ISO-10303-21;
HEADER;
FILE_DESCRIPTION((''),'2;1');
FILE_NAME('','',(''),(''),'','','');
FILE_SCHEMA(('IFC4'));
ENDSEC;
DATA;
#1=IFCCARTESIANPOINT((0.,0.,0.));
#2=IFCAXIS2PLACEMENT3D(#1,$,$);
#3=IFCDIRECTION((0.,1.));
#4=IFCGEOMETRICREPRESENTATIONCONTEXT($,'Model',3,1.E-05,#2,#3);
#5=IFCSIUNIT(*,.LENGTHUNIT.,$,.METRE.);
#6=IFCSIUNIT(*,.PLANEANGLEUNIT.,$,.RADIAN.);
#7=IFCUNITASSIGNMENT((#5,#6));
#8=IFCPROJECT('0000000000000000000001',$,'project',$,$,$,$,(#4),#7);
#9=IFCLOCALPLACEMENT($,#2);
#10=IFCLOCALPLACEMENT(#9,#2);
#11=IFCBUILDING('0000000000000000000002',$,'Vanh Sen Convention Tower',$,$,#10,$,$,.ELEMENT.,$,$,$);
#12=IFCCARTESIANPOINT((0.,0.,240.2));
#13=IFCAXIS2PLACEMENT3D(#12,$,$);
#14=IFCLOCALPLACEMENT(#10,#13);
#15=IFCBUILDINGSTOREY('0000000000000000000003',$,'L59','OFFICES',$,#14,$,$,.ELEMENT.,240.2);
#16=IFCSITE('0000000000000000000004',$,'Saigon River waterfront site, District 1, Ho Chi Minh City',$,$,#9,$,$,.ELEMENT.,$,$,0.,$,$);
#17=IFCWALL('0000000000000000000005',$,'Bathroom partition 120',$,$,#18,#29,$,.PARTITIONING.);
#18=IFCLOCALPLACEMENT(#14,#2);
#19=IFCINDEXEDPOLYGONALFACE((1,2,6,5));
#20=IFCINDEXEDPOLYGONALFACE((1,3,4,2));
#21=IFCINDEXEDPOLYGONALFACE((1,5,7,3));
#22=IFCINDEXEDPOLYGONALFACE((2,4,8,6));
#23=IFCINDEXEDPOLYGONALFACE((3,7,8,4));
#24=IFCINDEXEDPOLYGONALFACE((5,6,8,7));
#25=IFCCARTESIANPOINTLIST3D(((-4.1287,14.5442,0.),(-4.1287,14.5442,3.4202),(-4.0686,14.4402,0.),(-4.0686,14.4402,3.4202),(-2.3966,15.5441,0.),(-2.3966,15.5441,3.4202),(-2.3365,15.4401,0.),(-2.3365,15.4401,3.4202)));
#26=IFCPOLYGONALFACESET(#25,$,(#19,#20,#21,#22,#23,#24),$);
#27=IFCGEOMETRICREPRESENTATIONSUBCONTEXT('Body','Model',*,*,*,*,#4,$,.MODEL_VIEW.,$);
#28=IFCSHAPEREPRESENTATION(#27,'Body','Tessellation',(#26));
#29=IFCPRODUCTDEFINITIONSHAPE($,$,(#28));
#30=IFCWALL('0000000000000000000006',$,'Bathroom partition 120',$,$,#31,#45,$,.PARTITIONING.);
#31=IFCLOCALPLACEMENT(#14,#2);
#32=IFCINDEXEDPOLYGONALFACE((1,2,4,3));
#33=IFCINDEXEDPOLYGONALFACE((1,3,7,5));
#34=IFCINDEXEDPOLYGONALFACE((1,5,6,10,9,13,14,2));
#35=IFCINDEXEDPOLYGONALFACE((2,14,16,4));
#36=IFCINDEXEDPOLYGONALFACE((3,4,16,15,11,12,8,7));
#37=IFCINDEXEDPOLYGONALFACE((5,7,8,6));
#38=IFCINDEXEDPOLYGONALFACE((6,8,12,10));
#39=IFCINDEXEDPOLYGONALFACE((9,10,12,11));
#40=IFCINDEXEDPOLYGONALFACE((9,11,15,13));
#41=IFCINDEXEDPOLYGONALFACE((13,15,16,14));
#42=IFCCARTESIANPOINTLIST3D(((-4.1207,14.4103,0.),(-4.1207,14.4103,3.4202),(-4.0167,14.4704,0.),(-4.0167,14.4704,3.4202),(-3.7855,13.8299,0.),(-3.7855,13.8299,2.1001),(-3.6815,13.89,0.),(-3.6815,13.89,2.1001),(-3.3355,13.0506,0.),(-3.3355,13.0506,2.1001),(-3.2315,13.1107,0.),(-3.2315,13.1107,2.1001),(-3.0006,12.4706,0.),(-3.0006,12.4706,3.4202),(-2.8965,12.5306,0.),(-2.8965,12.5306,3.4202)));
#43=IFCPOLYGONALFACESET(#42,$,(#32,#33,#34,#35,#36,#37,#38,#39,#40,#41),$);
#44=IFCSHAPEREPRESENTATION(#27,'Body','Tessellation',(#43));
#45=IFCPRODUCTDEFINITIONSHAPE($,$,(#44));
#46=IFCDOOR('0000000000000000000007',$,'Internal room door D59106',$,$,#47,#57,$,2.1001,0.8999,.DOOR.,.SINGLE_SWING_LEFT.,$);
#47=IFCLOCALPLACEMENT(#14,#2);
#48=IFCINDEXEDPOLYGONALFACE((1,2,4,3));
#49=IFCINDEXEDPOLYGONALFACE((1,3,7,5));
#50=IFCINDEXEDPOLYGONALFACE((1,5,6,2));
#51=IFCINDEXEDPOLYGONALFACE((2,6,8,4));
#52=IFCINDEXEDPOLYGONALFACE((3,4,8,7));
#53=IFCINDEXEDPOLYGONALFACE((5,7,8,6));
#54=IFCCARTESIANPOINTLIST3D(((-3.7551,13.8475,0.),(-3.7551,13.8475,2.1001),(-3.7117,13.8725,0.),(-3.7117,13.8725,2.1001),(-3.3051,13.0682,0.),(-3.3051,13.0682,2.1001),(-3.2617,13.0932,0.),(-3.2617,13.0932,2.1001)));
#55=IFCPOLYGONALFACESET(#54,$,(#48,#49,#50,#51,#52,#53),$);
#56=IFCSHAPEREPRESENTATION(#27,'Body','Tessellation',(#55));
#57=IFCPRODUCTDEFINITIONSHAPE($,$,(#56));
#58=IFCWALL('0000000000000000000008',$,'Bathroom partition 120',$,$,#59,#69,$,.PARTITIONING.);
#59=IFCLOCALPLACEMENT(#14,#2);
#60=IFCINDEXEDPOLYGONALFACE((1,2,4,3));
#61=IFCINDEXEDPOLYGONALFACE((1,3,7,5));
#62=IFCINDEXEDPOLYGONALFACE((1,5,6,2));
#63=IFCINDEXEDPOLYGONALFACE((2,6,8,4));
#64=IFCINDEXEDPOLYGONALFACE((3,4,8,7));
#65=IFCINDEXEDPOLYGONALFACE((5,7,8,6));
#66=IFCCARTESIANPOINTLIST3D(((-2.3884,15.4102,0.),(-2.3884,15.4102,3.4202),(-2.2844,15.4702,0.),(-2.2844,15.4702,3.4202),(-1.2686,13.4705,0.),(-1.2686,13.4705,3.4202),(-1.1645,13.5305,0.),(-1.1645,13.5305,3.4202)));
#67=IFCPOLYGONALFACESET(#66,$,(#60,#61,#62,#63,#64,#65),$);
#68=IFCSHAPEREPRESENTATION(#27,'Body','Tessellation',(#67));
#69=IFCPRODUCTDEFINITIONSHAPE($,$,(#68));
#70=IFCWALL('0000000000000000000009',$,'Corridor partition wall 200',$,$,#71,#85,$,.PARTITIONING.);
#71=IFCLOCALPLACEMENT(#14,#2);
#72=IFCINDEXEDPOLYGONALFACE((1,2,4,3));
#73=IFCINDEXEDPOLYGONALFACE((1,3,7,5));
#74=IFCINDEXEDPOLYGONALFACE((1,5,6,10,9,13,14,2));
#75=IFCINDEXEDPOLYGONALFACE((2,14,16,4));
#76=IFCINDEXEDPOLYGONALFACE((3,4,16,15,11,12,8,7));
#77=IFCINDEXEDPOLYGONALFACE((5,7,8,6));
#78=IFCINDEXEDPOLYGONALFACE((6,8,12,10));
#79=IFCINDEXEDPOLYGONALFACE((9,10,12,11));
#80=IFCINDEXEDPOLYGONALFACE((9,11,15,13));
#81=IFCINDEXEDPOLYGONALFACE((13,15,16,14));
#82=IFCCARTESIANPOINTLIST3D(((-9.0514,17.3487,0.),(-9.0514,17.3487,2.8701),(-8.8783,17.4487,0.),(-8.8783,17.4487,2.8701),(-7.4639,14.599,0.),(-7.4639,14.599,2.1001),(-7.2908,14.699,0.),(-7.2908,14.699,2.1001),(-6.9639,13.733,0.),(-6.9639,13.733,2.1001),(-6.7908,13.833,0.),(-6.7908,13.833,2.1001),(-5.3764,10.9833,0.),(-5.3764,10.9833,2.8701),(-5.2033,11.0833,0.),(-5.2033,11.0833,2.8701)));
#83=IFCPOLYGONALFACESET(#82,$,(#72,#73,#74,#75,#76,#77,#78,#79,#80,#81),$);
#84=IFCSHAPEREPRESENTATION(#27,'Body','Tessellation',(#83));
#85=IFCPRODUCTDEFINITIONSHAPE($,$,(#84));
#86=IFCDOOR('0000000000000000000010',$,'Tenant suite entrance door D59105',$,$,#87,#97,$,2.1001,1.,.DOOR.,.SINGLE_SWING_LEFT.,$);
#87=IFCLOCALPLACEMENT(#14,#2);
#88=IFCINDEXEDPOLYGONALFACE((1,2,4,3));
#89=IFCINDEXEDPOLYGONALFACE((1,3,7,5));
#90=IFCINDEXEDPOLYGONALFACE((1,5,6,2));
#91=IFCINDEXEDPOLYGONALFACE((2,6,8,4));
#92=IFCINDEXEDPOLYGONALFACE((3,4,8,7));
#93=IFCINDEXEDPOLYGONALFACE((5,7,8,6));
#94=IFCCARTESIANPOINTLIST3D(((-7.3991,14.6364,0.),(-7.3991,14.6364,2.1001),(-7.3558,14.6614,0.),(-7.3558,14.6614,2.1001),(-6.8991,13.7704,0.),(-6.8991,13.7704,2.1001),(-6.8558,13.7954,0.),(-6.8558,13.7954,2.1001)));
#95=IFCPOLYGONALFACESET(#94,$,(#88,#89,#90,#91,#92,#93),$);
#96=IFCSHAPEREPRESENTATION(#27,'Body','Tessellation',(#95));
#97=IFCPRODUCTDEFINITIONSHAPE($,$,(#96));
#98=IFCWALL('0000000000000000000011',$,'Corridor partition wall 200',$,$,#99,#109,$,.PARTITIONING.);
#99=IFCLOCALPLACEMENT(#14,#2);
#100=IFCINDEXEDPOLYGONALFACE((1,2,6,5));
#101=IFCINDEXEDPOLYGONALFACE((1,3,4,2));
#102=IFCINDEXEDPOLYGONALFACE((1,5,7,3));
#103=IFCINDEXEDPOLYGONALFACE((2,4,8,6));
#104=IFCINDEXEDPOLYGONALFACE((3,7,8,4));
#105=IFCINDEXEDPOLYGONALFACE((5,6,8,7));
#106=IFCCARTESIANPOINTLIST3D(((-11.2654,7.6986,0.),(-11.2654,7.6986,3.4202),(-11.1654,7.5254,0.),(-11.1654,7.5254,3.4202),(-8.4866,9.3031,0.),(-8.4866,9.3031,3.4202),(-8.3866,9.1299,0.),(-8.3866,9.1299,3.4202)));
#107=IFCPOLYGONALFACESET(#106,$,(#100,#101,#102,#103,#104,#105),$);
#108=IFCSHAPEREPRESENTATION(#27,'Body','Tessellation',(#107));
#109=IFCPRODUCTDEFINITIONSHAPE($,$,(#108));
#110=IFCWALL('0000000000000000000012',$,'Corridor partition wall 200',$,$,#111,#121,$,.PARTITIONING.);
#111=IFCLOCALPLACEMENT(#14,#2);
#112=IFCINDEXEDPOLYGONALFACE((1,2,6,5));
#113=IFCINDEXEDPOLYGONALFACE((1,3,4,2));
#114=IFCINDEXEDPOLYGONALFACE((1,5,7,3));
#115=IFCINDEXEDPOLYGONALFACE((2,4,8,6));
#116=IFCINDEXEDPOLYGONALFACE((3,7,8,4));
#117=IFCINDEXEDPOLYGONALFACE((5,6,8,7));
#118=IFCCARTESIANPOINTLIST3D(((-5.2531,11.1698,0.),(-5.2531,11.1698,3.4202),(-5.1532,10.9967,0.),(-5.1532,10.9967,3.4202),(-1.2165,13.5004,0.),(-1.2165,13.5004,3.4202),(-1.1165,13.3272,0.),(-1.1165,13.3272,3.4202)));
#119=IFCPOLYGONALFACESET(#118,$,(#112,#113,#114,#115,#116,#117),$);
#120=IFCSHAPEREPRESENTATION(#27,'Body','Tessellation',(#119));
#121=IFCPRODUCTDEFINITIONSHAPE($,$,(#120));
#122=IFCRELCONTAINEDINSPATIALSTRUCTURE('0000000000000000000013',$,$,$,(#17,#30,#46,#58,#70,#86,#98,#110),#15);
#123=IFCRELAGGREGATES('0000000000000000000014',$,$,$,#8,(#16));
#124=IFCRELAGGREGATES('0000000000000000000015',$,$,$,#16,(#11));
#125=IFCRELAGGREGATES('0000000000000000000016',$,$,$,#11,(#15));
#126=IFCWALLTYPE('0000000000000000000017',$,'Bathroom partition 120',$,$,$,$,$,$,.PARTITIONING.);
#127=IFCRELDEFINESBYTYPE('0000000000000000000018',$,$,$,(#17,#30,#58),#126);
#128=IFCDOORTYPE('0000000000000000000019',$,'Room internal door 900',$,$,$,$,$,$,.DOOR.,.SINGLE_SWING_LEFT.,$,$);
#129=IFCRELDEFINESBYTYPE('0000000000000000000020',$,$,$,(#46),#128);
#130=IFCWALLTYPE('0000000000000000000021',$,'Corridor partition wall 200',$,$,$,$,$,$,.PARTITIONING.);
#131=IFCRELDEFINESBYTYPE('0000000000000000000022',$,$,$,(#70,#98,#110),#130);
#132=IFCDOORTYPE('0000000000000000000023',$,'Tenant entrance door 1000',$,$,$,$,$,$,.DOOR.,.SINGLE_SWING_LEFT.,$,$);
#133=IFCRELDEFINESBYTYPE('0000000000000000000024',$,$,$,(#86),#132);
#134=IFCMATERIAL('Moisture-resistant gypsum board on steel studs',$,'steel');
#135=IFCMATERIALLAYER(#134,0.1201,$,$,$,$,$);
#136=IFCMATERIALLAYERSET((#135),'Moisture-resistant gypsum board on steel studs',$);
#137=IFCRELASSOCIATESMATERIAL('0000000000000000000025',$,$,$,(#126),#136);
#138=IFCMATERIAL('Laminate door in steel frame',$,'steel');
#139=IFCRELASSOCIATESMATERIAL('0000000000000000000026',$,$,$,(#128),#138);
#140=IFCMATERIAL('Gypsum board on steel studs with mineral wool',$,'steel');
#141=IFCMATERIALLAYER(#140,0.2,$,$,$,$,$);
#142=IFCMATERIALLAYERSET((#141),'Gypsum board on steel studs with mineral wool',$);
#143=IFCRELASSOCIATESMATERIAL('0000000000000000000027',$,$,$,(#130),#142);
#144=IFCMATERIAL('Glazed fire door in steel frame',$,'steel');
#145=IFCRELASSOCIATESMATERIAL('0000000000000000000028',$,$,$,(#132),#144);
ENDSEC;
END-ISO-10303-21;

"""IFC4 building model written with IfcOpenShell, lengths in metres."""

from ifc_helpers import new_model, si_unit, direction, frame, frame_2d, origin, place, context, subcontext, project, spatial, rectangle, extrude, material, layer, layer_set, type_object, element, fill, save


model = new_model("IFC4")

# Units and contexts
model_context = context("Model", 3, precision=1e-05, world=origin(), true_north=direction((0.0, 1.0)))
body_context = subcontext(model_context, "Body", "Model", "MODEL_VIEW")
ifc_project = project(units=[si_unit("LENGTHUNIT", "METRE"), si_unit("PLANEANGLEUNIT", "RADIAN")], contexts=[model_context])

# Site, building, storey
site_placement = place(None, origin())
site = spatial("IfcSite", under=ifc_project, at=site_placement, Name="Saigon River waterfront site, District 1, Ho Chi Minh City", CompositionType="ELEMENT", RefElevation=0.0)
building_placement = place(site_placement, origin())
building = spatial("IfcBuilding", under=site, at=building_placement, Name="Vanh Sen Convention Tower", CompositionType="ELEMENT")
storey_placement = place(building_placement, frame((0.0, 0.0, 240.2)))
storey = spatial("IfcBuildingStorey", under=building, at=storey_placement, Name="L59", Description="OFFICES", CompositionType="ELEMENT", Elevation=240.2)

# Wall
ifc_material_1 = material(Name="Moisture-resistant gypsum board on steel studs", Category="steel")
ifc_layer_1 = layer(ifc_material_1, 0.1201)
ifc_layer_set_1 = layer_set([ifc_layer_1], Name="Moisture-resistant gypsum board on steel studs")
wall_type_1 = type_object("IfcWallType", Name="Bathroom partition 120", PredefinedType="PARTITIONING", material=ifc_layer_set_1)
wall_1_placement = place(storey_placement, frame((-4.0986, 14.4922, 0.0), z_axis=(0.0, 0.0, 1.0), x_axis=(0.866041, 0.499973, 0.0)))
element("IfcWall", 1, at=wall_1_placement, inside=storey, type_object=wall_type_1, Name="Bathroom partition 120", PredefinedType="PARTITIONING", context=body_context, shape_type="SweptSolid", body=[
    extrude(rectangle(XDim=2.0, YDim=0.1201, at=frame_2d((1.0, 0.0))), origin(), (0.0, 0.0, 1.0), 3.4202),
])

# Wall, opening, door
wall_2_placement = place(storey_placement, frame((-2.9485, 12.5005, 0.0), z_axis=(0.0, 0.0, 1.0), x_axis=(-0.500078, 0.86598, 0.0)))
wall_2 = element("IfcWall", 2, at=wall_2_placement, inside=storey, type_object=wall_type_1, Name="Bathroom partition 120", PredefinedType="PARTITIONING", context=body_context, shape_type="SweptSolid", body=[
    extrude(rectangle(XDim=2.24, YDim=0.1201, at=frame_2d((1.1201, 0.0))), origin(), (0.0, 0.0, 1.0), 3.4202),
])
opening_1_placement = place(wall_2_placement, frame((0.6699, 0.0, 0.0)))
opening_1 = element("IfcOpeningElement", 3, at=opening_1_placement, cuts=wall_2, PredefinedType="OPENING", context=body_context, shape_type="SweptSolid", body=[
    extrude(rectangle(XDim=0.8999, YDim=2.1001, at=frame_2d((0.45, 1.05))), frame((0.0, 0.0701, 0.0), z_axis=(0.0, -1.0, 0.0), x_axis=(1.0, 0.0, 0.0)), (0.0, 0.0, 1.0), 0.1401),
])
ifc_material_2 = material(Name="Laminate door in steel frame", Category="steel")
door_type_1 = type_object("IfcDoorType", Name="Room internal door 900", OperationType="SINGLE_SWING_LEFT", PredefinedType="DOOR", material=ifc_material_2)
door_1_placement = place(opening_1_placement, origin())
door_1 = element("IfcDoor", 4, at=door_1_placement, inside=storey, type_object=door_type_1, Name="Internal room door D59106", OperationType="SINGLE_SWING_LEFT", OverallHeight=2.1001, OverallWidth=0.8999, PredefinedType="DOOR", context=body_context, shape_type="SweptSolid", body=[
    extrude(rectangle(XDim=0.8999, YDim=2.1001, at=frame_2d((0.45, 1.05))), frame((0.0, 0.0249, 0.0), z_axis=(0.0, -1.0, 0.0), x_axis=(1.0, 0.0, 0.0)), (0.0, 0.0, 1.0), 0.05),
])
fill(opening_1, door_1)

# Wall
wall_3_placement = place(storey_placement, frame((-2.3364, 15.4402, 0.0), z_axis=(0.0, 0.0, 1.0), x_axis=(0.499996, -0.866028, 0.0)))
element("IfcWall", 5, at=wall_3_placement, inside=storey, type_object=wall_type_1, Name="Bathroom partition 120", PredefinedType="PARTITIONING", context=body_context, shape_type="SweptSolid", body=[
    extrude(rectangle(XDim=2.2397, YDim=0.1201, at=frame_2d((1.1199, 0.0))), origin(), (0.0, 0.0, 1.0), 3.4202),
])

# Wall, opening, door
ifc_material_3 = material(Name="Gypsum board on steel studs with mineral wool", Category="steel")
ifc_layer_2 = layer(ifc_material_3, 0.2)
ifc_layer_set_2 = layer_set([ifc_layer_2], Name="Gypsum board on steel studs with mineral wool")
wall_type_2 = type_object("IfcWallType", Name="Corridor partition wall 200", PredefinedType="PARTITIONING", material=ifc_layer_set_2)
wall_4_placement = place(storey_placement, frame((-8.9648, 17.3987, 0.0), z_axis=(0.0, 0.0, 1.0), x_axis=(0.499994, -0.866029, 0.0)))
wall_4 = element("IfcWall", 6, at=wall_4_placement, inside=storey, type_object=wall_type_2, Name="Corridor partition wall 200", PredefinedType="PARTITIONING", context=body_context, shape_type="SweptSolid", body=[
    extrude(rectangle(XDim=7.3501, YDim=0.2, at=frame_2d((3.675, 0.0))), origin(), (0.0, 0.0, 1.0), 2.8701),
])
opening_2_placement = place(wall_4_placement, frame((3.175, 0.0, 0.0)))
opening_2 = element("IfcOpeningElement", 7, at=opening_2_placement, cuts=wall_4, PredefinedType="OPENING", context=body_context, shape_type="SweptSolid", body=[
    extrude(rectangle(XDim=1.0, YDim=2.1001, at=frame_2d((0.5, 1.05))), frame((0.0, 0.1099, 0.0), z_axis=(0.0, -1.0, 0.0), x_axis=(1.0, 0.0, 0.0)), (0.0, 0.0, 1.0), 0.22),
])
ifc_material_4 = material(Name="Glazed fire door in steel frame", Category="steel")
door_type_2 = type_object("IfcDoorType", Name="Tenant entrance door 1000", OperationType="SINGLE_SWING_LEFT", PredefinedType="DOOR", material=ifc_material_4)
door_2_placement = place(opening_2_placement, origin())
door_2 = element("IfcDoor", 8, at=door_2_placement, inside=storey, type_object=door_type_2, Name="Tenant suite entrance door D59105", OperationType="SINGLE_SWING_LEFT", OverallHeight=2.1001, OverallWidth=1.0, PredefinedType="DOOR", context=body_context, shape_type="SweptSolid", body=[
    extrude(rectangle(XDim=1.0, YDim=2.1001, at=frame_2d((0.5, 1.05))), frame((0.0, 0.0249, 0.0), z_axis=(0.0, -1.0, 0.0), x_axis=(1.0, 0.0, 0.0)), (0.0, 0.0, 1.0), 0.05),
])
fill(opening_2, door_2)

# Walls
wall_5_placement = place(storey_placement, frame((-8.4365, 9.2166, 0.0), z_axis=(0.0, 0.0, 1.0), x_axis=(-0.866006, -0.500034, 0.0)))
element("IfcWall", 9, at=wall_5_placement, inside=storey, type_object=wall_type_2, Name="Corridor partition wall 200", PredefinedType="PARTITIONING", context=body_context, shape_type="SweptSolid", body=[
    extrude(rectangle(XDim=3.2087, YDim=0.2, at=frame_2d((1.6045, 0.0))), origin(), (0.0, 0.0, 1.0), 3.4202),
])
wall_6_placement = place(storey_placement, frame((-1.1665, 13.4138, 0.0), z_axis=(0.0, 0.0, 1.0), x_axis=(-0.866023, -0.500004, 0.0)))
element("IfcWall", 10, at=wall_6_placement, inside=storey, type_object=wall_type_2, Name="Corridor partition wall 200", PredefinedType="PARTITIONING", context=body_context, shape_type="SweptSolid", body=[
    extrude(rectangle(XDim=4.6611, YDim=0.2, at=frame_2d((2.3306, 0.0))), origin(), (0.0, 0.0, 1.0), 3.4202),
])

save(model, "model.ifc")
